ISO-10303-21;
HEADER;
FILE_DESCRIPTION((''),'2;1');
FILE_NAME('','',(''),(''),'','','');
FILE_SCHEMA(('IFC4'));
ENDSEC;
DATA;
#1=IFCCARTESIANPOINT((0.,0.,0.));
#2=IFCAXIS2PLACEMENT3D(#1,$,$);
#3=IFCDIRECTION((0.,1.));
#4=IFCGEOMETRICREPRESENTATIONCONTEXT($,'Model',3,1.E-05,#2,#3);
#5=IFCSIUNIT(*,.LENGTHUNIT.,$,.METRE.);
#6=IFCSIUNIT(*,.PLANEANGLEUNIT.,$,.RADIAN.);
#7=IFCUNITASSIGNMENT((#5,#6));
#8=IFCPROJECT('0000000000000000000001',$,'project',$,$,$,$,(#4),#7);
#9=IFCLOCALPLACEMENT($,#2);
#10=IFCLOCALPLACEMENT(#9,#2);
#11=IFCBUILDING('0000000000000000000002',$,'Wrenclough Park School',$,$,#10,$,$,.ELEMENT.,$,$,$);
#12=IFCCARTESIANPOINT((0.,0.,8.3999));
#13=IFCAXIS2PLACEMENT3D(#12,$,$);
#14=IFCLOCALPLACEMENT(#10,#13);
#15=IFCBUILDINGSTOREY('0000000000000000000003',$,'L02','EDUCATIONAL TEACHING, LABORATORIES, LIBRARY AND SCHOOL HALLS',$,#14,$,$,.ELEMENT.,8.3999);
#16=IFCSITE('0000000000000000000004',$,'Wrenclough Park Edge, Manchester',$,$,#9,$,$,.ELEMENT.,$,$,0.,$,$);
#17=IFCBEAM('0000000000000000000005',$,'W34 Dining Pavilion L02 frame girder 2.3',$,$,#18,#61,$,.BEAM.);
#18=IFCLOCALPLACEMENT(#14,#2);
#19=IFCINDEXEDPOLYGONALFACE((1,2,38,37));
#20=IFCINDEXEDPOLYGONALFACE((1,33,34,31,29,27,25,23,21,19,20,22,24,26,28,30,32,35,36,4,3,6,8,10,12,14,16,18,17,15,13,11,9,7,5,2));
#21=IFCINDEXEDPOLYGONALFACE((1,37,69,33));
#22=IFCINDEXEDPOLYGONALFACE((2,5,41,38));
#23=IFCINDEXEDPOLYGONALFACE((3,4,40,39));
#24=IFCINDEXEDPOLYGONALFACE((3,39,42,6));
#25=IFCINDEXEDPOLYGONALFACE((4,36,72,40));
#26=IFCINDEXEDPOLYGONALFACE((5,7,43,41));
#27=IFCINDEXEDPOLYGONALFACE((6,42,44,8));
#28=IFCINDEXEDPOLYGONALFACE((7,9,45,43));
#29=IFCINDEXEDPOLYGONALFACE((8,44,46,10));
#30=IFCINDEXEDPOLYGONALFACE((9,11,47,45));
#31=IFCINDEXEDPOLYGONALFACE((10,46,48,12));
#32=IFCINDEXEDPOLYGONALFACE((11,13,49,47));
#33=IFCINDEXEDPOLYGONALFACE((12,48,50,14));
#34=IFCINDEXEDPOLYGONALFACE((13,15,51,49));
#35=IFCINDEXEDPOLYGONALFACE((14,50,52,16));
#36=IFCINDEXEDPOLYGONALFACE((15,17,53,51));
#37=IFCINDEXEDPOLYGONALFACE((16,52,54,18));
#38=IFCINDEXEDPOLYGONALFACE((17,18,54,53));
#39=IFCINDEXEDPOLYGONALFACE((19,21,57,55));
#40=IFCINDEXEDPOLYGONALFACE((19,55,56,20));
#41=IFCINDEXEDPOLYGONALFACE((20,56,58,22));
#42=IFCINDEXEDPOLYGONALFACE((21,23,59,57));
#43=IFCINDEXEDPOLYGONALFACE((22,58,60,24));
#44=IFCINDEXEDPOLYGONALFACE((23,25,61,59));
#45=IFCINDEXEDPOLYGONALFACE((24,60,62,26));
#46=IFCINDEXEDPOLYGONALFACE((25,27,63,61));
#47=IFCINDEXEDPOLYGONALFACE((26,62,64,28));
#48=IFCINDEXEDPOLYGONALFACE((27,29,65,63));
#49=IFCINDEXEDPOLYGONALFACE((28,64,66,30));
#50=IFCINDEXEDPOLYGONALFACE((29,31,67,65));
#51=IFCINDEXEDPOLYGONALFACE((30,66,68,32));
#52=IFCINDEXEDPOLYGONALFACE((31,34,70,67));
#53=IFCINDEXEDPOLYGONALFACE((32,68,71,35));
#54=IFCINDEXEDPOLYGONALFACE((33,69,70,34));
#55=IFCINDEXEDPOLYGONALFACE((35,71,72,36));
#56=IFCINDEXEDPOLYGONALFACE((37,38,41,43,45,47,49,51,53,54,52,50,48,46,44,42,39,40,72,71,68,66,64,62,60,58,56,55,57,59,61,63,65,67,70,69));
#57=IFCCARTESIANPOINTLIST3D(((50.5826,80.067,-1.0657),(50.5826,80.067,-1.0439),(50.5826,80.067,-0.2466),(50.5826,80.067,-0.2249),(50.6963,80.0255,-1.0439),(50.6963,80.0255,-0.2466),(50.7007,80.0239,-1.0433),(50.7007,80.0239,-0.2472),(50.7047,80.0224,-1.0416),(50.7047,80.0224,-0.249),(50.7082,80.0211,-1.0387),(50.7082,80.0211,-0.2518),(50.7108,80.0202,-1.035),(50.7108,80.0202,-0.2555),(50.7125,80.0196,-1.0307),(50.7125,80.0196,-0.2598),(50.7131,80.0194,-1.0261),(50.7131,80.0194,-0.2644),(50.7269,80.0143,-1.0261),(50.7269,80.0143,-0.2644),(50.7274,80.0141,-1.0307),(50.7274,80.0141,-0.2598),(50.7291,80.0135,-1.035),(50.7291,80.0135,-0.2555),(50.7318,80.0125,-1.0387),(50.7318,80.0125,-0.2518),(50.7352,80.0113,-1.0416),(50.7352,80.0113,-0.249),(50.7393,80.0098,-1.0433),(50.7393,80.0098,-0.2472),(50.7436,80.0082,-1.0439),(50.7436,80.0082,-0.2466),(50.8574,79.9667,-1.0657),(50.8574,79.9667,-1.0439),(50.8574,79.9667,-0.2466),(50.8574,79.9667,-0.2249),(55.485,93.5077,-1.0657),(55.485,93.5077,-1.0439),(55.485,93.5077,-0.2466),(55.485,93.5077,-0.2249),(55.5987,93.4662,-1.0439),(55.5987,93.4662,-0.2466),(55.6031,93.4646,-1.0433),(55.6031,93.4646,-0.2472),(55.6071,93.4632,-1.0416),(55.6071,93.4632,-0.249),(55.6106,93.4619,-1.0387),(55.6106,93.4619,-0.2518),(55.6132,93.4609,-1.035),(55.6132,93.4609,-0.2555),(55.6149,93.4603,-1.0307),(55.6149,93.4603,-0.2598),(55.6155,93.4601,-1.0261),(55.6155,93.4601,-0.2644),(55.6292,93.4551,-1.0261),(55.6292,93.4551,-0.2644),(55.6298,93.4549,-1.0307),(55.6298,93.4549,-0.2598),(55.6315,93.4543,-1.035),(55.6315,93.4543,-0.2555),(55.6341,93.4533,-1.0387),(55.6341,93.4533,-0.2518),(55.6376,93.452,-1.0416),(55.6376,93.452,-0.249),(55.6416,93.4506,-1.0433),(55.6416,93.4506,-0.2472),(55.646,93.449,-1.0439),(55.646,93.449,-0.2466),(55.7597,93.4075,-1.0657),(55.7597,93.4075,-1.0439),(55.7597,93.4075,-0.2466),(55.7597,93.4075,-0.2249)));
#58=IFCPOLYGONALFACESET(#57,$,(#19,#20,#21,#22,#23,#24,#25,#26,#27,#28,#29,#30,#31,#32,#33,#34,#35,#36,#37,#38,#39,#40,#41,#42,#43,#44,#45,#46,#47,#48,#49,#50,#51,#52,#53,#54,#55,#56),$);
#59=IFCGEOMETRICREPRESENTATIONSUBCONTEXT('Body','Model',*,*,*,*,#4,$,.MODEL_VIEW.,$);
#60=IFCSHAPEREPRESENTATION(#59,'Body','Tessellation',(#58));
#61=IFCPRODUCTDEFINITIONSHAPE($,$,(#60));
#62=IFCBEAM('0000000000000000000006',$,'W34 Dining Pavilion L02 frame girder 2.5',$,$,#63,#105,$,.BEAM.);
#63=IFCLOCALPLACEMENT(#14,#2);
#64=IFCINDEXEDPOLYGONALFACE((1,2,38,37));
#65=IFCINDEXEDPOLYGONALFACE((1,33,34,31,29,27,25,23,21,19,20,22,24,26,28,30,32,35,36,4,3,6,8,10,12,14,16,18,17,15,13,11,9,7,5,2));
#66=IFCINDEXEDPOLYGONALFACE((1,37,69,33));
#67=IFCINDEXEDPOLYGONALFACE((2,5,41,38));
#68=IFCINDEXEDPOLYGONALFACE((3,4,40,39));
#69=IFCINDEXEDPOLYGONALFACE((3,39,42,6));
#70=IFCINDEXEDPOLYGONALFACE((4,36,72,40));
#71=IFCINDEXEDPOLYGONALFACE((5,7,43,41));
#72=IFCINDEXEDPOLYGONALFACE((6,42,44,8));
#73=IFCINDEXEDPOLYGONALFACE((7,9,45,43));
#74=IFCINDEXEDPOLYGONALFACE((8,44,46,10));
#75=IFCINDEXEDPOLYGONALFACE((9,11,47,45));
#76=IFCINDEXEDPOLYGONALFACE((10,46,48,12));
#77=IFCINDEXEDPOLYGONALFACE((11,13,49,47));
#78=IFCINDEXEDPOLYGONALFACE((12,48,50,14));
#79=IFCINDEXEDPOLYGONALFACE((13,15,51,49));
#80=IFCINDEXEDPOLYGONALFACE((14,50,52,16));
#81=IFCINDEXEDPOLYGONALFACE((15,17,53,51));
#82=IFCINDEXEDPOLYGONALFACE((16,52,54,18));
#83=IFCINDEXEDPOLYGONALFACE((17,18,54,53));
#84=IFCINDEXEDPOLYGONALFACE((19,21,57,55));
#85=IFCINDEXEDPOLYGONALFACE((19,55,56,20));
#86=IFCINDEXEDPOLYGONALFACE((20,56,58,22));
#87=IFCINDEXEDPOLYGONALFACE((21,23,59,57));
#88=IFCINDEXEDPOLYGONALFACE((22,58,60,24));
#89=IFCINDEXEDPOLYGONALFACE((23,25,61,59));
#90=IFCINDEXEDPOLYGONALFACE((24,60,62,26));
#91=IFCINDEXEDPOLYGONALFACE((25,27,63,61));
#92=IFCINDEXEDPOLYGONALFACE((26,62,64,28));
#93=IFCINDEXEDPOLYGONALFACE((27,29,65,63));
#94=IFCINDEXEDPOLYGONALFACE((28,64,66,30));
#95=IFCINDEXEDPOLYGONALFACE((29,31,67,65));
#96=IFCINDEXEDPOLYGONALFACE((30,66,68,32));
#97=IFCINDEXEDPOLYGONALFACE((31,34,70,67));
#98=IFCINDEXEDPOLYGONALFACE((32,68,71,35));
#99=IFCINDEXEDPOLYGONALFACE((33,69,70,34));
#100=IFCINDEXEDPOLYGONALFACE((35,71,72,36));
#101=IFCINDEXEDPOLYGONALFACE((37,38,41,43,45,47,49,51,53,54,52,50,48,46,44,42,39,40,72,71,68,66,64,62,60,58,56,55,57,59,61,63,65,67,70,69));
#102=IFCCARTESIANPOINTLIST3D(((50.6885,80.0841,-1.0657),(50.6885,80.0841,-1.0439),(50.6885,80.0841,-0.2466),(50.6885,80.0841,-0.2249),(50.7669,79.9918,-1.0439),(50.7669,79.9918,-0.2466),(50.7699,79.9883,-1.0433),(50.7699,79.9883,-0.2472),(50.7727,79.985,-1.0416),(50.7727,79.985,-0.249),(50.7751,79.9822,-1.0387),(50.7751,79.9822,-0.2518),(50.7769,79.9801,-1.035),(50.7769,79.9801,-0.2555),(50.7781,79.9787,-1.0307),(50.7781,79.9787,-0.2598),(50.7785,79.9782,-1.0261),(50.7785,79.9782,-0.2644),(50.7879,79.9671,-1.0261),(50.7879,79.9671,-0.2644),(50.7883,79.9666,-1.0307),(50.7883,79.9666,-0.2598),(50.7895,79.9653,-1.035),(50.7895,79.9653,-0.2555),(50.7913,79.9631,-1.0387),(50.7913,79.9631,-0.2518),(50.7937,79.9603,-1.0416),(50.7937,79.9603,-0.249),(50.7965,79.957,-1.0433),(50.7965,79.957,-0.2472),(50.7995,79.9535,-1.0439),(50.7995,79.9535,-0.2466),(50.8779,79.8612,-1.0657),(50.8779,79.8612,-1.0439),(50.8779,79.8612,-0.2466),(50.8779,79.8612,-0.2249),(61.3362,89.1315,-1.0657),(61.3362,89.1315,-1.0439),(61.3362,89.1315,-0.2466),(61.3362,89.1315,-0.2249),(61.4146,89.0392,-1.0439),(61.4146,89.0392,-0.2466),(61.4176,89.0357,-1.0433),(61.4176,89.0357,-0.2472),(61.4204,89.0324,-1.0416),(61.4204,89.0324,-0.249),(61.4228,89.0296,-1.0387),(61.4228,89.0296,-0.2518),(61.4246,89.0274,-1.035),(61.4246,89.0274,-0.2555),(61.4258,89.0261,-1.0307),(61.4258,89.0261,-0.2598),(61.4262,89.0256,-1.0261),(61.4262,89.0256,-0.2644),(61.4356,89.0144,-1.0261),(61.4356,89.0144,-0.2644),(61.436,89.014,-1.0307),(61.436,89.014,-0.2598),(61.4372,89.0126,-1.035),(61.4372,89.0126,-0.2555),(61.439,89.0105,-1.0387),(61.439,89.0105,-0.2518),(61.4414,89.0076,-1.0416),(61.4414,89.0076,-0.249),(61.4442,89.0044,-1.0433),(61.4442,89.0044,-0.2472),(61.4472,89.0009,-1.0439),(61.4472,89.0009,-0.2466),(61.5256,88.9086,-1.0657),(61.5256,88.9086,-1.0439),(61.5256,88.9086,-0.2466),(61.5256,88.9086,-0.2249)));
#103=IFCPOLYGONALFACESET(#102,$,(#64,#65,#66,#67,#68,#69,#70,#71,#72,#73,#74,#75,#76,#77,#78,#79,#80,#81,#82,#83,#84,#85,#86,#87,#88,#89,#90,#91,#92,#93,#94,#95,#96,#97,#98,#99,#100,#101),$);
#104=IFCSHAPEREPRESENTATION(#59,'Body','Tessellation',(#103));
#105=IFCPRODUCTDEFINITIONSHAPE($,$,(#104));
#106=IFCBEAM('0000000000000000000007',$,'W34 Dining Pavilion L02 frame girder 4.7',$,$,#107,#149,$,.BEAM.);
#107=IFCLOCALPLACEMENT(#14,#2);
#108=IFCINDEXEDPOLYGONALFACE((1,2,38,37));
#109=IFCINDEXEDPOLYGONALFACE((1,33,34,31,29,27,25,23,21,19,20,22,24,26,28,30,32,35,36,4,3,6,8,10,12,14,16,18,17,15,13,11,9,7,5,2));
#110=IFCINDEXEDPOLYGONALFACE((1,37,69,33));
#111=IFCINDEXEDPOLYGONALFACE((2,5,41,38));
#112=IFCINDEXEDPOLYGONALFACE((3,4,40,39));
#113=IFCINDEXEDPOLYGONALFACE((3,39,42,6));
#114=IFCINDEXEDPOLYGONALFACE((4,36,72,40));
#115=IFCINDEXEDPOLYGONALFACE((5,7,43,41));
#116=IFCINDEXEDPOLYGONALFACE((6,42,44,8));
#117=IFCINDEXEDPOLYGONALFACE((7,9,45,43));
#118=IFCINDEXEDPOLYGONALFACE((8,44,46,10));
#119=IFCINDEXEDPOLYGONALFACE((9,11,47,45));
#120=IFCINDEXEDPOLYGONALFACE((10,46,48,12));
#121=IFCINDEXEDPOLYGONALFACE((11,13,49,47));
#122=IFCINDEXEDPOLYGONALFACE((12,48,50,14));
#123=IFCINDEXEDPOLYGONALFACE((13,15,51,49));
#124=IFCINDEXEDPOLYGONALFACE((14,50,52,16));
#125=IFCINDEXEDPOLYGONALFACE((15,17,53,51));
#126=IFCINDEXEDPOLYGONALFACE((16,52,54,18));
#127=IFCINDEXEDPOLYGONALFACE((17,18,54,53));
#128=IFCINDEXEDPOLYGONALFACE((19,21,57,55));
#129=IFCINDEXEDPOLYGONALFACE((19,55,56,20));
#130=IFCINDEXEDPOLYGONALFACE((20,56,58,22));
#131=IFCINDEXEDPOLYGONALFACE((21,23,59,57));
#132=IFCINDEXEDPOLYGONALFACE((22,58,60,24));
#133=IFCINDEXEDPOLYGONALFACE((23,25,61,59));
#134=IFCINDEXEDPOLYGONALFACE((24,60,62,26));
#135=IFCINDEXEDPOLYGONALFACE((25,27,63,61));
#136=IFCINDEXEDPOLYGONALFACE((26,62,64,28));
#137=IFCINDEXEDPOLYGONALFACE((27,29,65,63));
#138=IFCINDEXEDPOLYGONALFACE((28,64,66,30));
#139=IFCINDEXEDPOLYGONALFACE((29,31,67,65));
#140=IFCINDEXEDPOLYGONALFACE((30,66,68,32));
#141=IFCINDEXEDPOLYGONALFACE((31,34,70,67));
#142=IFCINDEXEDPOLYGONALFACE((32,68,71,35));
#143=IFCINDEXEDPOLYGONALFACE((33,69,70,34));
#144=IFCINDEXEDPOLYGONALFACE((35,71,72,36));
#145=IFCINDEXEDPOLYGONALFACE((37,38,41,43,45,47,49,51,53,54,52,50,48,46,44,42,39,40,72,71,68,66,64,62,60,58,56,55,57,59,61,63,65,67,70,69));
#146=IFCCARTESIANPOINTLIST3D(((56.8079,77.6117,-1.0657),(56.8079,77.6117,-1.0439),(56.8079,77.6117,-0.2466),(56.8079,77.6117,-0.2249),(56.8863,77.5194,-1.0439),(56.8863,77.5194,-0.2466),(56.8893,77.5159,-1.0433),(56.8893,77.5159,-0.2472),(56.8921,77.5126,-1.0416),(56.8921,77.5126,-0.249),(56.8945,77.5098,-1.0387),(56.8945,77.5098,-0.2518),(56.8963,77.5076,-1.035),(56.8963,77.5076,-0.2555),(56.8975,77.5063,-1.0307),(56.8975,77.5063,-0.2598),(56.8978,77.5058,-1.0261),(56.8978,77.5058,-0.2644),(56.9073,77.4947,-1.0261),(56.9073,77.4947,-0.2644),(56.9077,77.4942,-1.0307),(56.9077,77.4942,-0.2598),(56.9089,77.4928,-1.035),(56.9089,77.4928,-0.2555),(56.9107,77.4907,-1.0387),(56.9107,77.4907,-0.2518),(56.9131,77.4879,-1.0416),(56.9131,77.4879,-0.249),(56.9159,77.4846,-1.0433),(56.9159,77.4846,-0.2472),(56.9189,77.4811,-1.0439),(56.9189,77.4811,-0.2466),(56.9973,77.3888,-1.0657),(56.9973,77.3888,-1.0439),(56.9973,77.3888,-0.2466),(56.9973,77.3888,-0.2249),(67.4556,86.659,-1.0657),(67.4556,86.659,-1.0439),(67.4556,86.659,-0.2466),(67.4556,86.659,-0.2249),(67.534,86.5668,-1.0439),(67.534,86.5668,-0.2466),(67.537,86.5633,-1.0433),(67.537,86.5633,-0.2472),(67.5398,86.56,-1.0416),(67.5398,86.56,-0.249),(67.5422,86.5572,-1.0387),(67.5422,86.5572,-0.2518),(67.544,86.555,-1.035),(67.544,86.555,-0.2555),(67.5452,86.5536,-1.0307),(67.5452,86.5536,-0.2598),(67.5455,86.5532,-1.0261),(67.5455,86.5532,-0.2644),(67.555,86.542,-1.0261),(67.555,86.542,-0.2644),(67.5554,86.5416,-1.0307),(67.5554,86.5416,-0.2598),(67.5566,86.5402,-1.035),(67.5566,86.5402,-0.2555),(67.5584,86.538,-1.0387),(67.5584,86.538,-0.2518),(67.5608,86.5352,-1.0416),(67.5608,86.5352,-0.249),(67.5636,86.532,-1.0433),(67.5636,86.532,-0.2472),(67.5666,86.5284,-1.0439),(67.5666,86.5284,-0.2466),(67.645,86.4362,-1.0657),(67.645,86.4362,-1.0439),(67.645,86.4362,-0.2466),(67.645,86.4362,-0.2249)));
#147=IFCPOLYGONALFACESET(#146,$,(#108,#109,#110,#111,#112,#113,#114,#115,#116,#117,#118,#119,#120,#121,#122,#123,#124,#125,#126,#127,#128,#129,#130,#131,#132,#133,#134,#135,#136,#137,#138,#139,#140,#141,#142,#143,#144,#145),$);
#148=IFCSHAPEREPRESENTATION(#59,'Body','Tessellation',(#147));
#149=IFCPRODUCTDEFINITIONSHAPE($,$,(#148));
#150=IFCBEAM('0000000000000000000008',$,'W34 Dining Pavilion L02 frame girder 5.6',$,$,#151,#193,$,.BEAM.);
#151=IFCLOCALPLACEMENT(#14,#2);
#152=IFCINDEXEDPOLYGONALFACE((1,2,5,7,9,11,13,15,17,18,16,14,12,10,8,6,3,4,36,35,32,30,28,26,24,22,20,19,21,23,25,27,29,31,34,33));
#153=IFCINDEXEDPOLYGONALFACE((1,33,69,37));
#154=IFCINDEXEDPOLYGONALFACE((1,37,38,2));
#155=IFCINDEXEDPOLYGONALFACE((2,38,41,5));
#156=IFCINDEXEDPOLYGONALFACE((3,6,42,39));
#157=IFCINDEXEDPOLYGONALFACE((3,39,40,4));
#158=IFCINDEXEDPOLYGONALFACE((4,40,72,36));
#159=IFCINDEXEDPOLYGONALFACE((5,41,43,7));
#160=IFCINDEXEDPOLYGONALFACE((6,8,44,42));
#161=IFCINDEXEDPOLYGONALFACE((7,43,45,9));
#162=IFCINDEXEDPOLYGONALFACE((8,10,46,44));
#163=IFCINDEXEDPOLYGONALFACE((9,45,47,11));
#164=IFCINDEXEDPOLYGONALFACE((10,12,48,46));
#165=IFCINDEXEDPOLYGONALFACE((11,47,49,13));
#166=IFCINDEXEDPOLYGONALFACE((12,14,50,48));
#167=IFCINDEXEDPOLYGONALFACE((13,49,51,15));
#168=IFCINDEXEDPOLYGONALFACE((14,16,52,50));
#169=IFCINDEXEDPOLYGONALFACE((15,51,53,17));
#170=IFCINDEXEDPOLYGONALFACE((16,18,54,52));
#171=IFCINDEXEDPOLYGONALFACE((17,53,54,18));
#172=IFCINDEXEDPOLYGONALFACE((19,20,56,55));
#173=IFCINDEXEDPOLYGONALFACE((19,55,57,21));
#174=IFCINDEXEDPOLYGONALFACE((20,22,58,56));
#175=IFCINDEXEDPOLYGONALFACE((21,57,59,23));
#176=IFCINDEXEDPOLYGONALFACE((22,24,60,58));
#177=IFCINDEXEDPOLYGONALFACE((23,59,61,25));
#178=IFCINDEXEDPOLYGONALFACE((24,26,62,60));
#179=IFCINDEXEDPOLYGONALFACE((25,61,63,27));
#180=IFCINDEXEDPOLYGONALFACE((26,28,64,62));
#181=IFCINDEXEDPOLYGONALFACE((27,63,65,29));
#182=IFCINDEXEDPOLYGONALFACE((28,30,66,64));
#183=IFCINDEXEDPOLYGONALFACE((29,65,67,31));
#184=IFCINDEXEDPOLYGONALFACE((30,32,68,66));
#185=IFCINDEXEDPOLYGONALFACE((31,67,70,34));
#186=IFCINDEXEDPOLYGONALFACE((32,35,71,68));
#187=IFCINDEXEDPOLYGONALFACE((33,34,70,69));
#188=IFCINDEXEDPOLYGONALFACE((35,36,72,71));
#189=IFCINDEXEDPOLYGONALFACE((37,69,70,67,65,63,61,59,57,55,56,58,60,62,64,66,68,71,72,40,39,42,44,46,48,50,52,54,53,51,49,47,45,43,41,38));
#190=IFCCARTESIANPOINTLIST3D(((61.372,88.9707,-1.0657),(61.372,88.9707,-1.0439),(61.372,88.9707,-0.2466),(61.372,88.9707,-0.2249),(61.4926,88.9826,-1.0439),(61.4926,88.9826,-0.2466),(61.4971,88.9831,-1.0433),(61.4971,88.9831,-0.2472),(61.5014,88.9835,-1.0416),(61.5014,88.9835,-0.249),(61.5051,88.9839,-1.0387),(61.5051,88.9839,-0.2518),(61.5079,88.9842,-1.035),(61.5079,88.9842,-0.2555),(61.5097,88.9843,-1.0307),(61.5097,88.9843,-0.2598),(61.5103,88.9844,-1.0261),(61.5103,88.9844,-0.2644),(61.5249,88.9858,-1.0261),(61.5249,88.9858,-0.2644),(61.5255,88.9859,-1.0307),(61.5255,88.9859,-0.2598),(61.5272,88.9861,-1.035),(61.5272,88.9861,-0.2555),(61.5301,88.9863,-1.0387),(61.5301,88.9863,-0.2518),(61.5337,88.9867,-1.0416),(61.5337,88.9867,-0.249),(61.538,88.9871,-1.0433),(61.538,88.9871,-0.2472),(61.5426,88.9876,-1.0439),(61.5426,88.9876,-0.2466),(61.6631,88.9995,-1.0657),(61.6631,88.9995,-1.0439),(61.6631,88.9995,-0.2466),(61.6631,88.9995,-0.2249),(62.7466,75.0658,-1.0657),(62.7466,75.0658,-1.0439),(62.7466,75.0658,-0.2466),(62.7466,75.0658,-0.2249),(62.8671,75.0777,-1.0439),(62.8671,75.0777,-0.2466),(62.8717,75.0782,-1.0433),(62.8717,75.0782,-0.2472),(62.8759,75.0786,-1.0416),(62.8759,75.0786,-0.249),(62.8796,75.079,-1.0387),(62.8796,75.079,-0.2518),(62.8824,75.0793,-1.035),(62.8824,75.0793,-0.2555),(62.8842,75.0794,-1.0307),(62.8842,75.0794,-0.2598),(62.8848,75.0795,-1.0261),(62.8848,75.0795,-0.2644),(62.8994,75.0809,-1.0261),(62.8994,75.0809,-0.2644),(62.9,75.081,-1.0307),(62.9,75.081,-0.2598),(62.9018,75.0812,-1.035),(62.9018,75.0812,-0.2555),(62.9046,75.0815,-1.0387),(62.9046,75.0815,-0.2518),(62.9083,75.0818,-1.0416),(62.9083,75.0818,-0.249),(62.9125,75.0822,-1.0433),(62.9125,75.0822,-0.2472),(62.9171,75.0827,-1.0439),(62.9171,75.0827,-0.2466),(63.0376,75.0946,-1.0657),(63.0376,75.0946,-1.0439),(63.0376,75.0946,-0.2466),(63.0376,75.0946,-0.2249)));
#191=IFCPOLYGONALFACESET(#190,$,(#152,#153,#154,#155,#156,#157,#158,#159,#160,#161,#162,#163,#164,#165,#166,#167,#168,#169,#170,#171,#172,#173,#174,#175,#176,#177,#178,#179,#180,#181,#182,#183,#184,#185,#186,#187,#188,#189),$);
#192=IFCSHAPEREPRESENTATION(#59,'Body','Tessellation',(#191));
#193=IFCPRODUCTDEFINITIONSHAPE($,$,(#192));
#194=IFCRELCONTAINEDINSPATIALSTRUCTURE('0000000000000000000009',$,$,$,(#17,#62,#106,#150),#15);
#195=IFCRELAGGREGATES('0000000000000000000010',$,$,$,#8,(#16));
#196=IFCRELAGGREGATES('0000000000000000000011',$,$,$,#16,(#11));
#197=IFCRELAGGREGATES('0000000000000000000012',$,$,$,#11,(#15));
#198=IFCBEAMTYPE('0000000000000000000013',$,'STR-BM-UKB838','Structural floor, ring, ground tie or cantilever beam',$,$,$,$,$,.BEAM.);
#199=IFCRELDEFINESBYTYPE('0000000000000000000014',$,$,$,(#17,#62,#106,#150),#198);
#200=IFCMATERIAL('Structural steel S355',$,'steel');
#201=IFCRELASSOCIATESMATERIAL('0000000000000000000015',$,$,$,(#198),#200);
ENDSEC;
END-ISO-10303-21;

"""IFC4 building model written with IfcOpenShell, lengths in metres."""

from ifc_helpers import new_model, si_unit, direction, frame, origin, origin_2d, place, context, subcontext, project, spatial, i_section, extrude, material, material_profile, profile_set, type_object, element, save


model = new_model("IFC4")

# Units and contexts
model_context = context("Model", 3, precision=1e-05, world=origin(), true_north=direction((0.0, 1.0)))
body_context = subcontext(model_context, "Body", "Model", "MODEL_VIEW")
ifc_project = project(units=[si_unit("LENGTHUNIT", "METRE"), si_unit("PLANEANGLEUNIT", "RADIAN")], contexts=[model_context])

# Site, building, storey
site_placement = place(None, origin())
site = spatial("IfcSite", under=ifc_project, at=site_placement, Name="Wrenclough Park Edge, Manchester", CompositionType="ELEMENT", RefElevation=0.0)
building_placement = place(site_placement, origin())
building = spatial("IfcBuilding", under=site, at=building_placement, Name="Wrenclough Park School", CompositionType="ELEMENT")
storey_placement = place(building_placement, frame((0.0, 0.0, 8.3999)))
storey = spatial("IfcBuildingStorey", under=building, at=storey_placement, Name="L02", Description="EDUCATIONAL TEACHING, LABORATORIES, LIBRARY AND SCHOOL HALLS", CompositionType="ELEMENT", Elevation=8.3999)

# Beams
ifc_material_1 = material(Name="Structural steel S355", Category="steel")
ifc_material_profile_1 = material_profile(ifc_material_1, i_section(OverallWidth=0.2925, OverallDepth=0.8408, WebThickness=0.0146, FlangeThickness=0.0217, FilletRadius=0.0178, at=origin_2d()), Name="UKB 838x292x194")
ifc_profile_set_1 = profile_set([ifc_material_profile_1], Name="Structural steel S355")
beam_type_1 = type_object("IfcBeamType", Name="STR-BM-UKB838", Description="Structural floor, ring, ground tie or cantilever beam", PredefinedType="BEAM", material=ifc_profile_set_1)
beam_1_placement = place(storey_placement, frame((50.72, 80.0168, -0.6453), z_axis=(0.342658, 0.93946, 0.0), x_axis=(-0.93946, 0.342658, 0.0)))
element("IfcBeam", 1, at=beam_1_placement, inside=storey, type_object=beam_type_1, Name="W34 Dining Pavilion L02 frame girder 2.3", PredefinedType="BEAM", context=body_context, shape_type="SweptSolid", body=[
    extrude(i_section(OverallWidth=0.2925, OverallDepth=0.8408, WebThickness=0.0146, FlangeThickness=0.0217, FilletRadius=0.0178, at=origin_2d()), origin(), (0.0, 0.0, 1.0), 14.3069),
])
for number, where, z_axis, x_axis, name in (
    (2, (50.7832, 79.9727, -0.6453), (0.762052, 0.647516, 0.0), (-0.647516, 0.762052, 0.0), "W34 Dining Pavilion L02 frame girder 2.5"),
    (3, (56.9026, 77.5002, -0.6453), (0.762052, 0.647516, 0.0), (-0.647516, 0.762052, 0.0), "W34 Dining Pavilion L02 frame girder 4.7"),
):
    element("IfcBeam", number, at=place(storey_placement, frame(where, z_axis=z_axis, x_axis=x_axis)), inside=storey, type_object=beam_type_1, Name=name, PredefinedType="BEAM", context=body_context, shape_type="SweptSolid", body=[
        extrude(i_section(OverallWidth=0.2925, OverallDepth=0.8408, WebThickness=0.0146, FlangeThickness=0.0217, FilletRadius=0.0178, at=origin_2d()), origin(), (0.0, 0.0, 1.0), 13.9724),
    ])
beam_2_placement = place(storey_placement, frame((61.5176, 88.9851, -0.6453), z_axis=(0.098372, -0.99515, 0.0), x_axis=(0.99515, 0.098372, 0.0)))
element("IfcBeam", 4, at=beam_2_placement, inside=storey, type_object=beam_type_1, Name="W34 Dining Pavilion L02 frame girder 5.6", PredefinedType="BEAM", context=body_context, shape_type="SweptSolid", body=[
    extrude(i_section(OverallWidth=0.2925, OverallDepth=0.8408, WebThickness=0.0146, FlangeThickness=0.0217, FilletRadius=0.0178, at=origin_2d()), origin(), (0.0, 0.0, 1.0), 13.9727),
])

save(model, "model.ifc")
